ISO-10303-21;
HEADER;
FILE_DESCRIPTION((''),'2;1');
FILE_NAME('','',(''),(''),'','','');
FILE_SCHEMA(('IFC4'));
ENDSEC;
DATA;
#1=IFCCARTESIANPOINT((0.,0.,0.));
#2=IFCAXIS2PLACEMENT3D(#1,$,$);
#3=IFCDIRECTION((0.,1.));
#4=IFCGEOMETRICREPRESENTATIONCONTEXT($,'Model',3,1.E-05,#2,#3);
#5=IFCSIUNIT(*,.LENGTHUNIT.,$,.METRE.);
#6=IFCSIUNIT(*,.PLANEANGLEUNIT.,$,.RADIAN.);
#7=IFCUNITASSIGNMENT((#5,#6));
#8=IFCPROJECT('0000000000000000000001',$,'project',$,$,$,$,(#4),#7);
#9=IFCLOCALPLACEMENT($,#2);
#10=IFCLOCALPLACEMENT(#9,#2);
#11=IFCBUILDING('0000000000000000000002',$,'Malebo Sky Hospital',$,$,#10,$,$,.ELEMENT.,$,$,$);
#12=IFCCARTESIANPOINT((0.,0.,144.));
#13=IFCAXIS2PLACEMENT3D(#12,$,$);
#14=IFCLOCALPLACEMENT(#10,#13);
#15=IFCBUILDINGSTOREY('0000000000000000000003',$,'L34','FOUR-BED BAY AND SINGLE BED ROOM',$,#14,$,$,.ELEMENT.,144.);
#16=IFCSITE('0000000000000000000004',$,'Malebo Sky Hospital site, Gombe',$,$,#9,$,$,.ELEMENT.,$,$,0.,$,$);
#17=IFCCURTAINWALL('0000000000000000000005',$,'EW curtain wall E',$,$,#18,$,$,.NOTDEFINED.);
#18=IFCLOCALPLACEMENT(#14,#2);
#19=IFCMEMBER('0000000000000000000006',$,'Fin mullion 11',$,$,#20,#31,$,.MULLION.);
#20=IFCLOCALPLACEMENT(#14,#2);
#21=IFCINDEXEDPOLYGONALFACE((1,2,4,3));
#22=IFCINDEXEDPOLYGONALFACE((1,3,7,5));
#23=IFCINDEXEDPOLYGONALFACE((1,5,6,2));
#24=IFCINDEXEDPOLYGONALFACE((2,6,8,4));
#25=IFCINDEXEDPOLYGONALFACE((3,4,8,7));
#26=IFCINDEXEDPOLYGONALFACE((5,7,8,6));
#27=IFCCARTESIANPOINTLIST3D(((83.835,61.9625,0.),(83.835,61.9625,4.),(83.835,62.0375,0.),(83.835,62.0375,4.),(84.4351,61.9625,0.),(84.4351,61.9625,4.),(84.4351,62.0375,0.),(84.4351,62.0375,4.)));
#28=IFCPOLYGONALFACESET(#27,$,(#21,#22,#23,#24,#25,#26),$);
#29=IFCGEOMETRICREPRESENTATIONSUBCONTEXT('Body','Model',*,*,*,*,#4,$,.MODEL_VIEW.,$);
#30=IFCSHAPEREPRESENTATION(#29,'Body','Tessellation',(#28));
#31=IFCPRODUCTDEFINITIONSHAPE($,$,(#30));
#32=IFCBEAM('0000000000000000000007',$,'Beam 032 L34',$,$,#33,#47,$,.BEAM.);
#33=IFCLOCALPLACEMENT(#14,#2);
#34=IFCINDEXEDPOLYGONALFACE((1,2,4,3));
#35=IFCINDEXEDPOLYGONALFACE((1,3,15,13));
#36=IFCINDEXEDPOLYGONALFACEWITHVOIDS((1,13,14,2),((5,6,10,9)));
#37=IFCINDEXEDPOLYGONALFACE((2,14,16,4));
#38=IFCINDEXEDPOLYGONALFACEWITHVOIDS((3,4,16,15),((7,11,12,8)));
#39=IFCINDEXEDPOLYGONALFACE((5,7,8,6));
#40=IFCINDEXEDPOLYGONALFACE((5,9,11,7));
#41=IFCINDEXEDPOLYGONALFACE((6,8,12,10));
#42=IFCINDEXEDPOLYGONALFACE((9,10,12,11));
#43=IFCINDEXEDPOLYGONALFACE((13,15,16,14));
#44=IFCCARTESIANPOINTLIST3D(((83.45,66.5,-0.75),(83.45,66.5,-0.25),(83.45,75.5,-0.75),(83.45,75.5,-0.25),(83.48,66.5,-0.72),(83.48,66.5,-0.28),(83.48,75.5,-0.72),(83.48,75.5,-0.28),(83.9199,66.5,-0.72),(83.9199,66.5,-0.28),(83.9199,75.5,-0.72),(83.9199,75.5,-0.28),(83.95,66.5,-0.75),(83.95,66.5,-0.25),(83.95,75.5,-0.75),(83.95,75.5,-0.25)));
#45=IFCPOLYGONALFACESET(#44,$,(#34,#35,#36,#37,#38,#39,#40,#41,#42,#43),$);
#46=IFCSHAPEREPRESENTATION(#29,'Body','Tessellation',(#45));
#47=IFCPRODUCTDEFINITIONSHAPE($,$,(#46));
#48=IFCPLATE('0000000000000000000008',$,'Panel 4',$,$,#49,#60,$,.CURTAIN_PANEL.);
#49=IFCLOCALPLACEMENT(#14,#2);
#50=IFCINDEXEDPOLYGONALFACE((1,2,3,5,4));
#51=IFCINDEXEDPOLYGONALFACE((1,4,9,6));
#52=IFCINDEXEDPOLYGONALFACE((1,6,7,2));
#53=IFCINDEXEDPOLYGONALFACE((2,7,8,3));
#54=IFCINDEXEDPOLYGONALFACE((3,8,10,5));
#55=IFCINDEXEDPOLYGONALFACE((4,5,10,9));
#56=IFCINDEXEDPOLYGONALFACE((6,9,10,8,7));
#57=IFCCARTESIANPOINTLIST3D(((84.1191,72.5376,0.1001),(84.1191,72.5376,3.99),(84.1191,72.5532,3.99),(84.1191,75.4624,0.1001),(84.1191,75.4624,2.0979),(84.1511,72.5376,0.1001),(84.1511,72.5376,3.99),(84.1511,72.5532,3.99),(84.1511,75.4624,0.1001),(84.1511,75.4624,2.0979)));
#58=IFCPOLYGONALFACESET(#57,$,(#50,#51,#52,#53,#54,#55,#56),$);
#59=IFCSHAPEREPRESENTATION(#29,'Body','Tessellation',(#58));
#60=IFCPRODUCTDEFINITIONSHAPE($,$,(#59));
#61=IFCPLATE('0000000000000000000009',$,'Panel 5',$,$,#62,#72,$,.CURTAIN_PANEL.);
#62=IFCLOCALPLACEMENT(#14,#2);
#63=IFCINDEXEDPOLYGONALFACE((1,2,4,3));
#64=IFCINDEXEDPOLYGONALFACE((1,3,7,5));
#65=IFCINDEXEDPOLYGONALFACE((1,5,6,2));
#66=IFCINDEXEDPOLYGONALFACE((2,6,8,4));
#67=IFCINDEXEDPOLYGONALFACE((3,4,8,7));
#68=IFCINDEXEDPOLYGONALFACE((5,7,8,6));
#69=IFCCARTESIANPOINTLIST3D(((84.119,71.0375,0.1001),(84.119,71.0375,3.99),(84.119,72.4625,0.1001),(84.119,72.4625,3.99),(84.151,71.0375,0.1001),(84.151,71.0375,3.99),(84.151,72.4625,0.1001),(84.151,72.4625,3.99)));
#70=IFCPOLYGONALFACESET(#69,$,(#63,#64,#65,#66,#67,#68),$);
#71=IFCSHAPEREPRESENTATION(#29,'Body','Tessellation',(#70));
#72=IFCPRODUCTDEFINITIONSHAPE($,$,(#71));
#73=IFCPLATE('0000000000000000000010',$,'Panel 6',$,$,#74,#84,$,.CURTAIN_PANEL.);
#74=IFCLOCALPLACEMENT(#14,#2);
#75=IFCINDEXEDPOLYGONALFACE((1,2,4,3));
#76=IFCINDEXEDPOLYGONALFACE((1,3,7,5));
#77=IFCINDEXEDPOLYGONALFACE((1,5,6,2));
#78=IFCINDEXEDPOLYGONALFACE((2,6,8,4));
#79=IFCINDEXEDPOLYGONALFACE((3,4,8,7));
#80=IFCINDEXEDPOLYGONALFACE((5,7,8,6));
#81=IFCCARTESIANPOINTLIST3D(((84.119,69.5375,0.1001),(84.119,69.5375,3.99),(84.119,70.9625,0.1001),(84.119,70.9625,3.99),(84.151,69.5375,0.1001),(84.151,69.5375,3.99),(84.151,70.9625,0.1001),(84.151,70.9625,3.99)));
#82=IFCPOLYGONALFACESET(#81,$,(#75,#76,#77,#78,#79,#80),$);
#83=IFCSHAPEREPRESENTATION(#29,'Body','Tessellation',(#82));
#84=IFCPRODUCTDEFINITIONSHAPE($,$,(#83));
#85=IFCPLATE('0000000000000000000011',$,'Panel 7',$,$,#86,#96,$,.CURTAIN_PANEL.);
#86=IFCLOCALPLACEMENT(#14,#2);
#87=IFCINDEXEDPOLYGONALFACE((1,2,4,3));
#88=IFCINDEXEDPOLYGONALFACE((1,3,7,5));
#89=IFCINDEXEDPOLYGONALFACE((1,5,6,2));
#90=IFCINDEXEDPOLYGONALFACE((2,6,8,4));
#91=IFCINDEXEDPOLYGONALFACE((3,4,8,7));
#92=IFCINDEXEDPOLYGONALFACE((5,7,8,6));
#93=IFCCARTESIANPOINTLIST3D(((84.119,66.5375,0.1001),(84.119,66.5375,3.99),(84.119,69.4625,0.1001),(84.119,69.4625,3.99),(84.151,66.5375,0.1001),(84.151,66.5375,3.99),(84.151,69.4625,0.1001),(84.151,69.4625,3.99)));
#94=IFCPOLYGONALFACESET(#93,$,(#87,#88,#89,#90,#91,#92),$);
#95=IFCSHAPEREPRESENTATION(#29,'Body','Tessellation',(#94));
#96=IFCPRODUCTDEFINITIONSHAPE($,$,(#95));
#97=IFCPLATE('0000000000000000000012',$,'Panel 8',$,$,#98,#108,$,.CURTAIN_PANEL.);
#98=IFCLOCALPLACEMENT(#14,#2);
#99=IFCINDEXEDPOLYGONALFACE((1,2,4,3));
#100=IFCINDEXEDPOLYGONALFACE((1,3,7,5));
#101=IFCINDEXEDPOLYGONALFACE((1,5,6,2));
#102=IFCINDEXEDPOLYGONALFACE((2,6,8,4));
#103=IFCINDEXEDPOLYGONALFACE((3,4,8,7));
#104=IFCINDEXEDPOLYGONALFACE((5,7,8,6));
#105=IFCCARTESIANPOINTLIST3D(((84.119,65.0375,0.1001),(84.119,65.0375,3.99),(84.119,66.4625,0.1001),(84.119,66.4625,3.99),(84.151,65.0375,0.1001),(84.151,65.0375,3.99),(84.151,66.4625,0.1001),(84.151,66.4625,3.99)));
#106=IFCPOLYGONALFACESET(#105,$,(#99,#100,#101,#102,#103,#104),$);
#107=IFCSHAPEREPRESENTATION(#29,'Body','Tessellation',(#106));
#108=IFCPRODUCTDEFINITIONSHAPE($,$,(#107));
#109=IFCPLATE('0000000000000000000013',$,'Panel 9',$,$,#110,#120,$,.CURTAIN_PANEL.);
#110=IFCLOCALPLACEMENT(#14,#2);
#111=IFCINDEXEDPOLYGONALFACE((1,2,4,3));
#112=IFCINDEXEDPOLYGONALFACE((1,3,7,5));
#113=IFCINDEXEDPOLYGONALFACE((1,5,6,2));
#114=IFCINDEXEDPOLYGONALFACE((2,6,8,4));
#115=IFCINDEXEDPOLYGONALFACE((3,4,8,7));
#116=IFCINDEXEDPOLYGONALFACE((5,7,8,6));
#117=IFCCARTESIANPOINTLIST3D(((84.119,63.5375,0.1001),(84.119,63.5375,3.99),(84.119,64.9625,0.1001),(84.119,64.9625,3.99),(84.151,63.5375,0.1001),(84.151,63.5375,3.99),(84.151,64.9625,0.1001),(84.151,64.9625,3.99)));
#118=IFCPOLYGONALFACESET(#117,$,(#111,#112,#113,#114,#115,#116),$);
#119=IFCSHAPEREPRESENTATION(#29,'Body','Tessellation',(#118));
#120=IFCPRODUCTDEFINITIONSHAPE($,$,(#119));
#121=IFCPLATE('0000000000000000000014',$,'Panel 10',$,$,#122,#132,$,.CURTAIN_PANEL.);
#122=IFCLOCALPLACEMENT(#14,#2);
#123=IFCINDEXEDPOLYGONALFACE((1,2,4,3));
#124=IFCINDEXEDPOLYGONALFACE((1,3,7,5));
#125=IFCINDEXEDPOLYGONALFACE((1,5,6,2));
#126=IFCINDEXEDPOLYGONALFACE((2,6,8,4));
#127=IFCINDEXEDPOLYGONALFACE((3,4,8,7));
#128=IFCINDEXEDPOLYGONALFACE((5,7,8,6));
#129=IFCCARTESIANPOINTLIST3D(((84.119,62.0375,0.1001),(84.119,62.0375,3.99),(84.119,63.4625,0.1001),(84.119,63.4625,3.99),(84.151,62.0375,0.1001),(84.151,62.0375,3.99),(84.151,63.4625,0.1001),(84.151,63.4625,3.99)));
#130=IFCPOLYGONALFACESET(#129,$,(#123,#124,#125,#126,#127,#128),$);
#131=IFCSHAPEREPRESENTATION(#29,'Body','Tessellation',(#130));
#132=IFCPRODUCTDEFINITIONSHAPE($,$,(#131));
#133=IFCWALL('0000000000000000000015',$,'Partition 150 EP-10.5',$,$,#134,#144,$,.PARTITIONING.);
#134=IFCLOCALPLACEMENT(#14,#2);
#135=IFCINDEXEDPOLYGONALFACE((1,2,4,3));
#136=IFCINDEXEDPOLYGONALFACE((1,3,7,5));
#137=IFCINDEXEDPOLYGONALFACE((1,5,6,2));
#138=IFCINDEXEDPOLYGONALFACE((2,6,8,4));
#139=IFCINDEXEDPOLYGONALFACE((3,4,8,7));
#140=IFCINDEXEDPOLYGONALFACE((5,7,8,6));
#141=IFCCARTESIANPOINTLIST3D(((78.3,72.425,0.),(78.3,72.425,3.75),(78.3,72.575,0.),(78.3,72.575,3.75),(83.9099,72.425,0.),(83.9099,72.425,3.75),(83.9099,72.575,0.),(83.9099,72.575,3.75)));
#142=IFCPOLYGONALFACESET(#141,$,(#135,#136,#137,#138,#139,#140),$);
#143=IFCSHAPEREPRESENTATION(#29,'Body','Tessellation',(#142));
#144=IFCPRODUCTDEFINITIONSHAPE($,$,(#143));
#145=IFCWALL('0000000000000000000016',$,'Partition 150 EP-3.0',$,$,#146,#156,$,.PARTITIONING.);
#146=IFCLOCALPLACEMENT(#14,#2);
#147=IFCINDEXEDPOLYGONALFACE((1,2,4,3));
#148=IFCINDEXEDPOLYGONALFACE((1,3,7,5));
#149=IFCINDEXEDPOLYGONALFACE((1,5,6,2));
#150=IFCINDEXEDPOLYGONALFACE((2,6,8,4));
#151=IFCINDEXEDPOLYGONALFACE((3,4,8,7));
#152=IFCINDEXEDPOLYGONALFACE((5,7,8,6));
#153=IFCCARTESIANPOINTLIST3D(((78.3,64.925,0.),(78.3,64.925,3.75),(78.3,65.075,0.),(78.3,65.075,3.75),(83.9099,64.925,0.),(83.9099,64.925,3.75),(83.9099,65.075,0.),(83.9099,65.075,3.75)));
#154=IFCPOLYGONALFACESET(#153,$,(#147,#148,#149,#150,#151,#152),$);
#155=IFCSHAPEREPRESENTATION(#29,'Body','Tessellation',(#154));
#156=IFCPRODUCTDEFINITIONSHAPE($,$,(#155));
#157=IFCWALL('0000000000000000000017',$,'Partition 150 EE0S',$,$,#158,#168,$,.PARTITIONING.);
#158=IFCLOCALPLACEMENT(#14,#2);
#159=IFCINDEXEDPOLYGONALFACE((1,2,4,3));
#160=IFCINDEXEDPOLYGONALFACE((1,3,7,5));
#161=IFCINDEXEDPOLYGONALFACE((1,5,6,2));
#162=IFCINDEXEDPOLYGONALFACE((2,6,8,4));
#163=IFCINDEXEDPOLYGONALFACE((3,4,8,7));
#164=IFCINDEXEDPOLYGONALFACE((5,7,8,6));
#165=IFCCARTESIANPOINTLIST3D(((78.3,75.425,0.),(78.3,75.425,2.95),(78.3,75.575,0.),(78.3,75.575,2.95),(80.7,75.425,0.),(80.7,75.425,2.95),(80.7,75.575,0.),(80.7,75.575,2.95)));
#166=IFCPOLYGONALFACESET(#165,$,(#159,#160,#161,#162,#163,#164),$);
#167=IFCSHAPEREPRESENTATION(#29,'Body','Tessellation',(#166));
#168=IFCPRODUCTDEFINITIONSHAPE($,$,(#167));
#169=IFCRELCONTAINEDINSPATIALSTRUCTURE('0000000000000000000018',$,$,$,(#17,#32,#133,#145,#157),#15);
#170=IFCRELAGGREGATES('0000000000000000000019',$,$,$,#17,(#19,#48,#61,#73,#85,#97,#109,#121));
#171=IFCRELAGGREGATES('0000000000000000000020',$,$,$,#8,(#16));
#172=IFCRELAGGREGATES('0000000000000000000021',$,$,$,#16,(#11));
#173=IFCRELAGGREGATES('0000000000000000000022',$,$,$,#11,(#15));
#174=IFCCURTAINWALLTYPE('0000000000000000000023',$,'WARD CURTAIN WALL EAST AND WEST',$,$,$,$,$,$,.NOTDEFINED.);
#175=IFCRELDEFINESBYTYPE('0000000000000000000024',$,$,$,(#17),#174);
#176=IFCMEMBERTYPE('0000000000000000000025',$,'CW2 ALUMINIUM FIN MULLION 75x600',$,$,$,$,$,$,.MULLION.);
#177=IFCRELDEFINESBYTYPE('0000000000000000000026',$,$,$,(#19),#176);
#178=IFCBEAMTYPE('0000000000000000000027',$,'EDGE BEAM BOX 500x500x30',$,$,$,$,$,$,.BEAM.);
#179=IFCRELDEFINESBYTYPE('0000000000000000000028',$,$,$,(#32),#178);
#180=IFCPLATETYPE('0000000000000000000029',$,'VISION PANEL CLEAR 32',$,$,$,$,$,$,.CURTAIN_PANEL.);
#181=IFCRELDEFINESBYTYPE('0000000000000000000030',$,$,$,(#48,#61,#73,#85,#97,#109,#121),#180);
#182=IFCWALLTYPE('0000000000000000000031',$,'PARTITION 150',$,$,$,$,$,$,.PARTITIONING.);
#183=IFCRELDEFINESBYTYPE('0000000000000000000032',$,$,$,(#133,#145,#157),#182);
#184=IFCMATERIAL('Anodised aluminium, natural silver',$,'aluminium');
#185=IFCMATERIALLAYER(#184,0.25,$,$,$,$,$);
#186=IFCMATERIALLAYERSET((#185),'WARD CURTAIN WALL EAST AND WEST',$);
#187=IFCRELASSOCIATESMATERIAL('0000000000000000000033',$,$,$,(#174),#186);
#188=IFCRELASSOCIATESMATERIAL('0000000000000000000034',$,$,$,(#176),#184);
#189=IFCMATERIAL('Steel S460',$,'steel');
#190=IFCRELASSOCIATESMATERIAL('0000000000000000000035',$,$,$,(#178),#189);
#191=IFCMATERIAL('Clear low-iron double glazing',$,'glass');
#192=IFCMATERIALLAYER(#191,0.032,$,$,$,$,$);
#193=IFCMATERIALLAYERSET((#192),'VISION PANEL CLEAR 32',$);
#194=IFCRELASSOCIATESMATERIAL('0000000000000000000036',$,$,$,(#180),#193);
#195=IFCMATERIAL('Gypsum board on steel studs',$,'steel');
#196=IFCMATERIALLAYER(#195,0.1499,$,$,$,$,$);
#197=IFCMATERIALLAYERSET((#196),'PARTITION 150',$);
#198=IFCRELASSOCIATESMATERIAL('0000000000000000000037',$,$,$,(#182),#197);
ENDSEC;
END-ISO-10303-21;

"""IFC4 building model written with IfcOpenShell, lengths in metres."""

from ifc_helpers import new_model, si_unit, direction, frame, frame_2d, origin, origin_2d, place, context, subcontext, project, spatial, polyline, rectangle, hollow_rectangle, outline, extrude, material, layer, layer_set, material_profile, profile_set, type_object, element, aggregate, save


model = new_model("IFC4")

# Units and contexts
model_context = context("Model", 3, precision=1e-05, world=origin(), true_north=direction((0.0, 1.0)))
body_context = subcontext(model_context, "Body", "Model", "MODEL_VIEW")
ifc_project = project(units=[si_unit("LENGTHUNIT", "METRE"), si_unit("PLANEANGLEUNIT", "RADIAN")], contexts=[model_context])

# Site, building, storey
site_placement = place(None, origin())
site = spatial("IfcSite", under=ifc_project, at=site_placement, Name="Malebo Sky Hospital site, Gombe", CompositionType="ELEMENT", RefElevation=0.0)
building_placement = place(site_placement, origin())
building = spatial("IfcBuilding", under=site, at=building_placement, Name="Malebo Sky Hospital", CompositionType="ELEMENT")
storey_placement = place(building_placement, frame((0.0, 0.0, 144.0)))
storey = spatial("IfcBuildingStorey", under=building, at=storey_placement, Name="L34", Description="FOUR-BED BAY AND SINGLE BED ROOM", CompositionType="ELEMENT", Elevation=144.0)

# Shared definitions
ifc_material_1 = material(Name="Steel S460", Category="steel")

# Curtain wall, member
ifc_material_2 = material(Name="Anodised aluminium, natural silver", Category="aluminium")
ifc_layer_1 = layer(ifc_material_2, 0.25)
ifc_layer_set_1 = layer_set([ifc_layer_1], Name="WARD CURTAIN WALL EAST AND WEST")
curtain_wall_type = type_object("IfcCurtainWallType", Name="WARD CURTAIN WALL EAST AND WEST", PredefinedType="NOTDEFINED", material=ifc_layer_set_1)
curtain_wall_placement = place(storey_placement, origin())
curtain_wall = element("IfcCurtainWall", 1, at=curtain_wall_placement, inside=storey, type_object=curtain_wall_type, Name="EW curtain wall E", PredefinedType="NOTDEFINED")
ifc_material_profile_1 = material_profile(ifc_material_2, rectangle(XDim=0.075, YDim=0.6001, at=origin_2d()), Name="CW2 ALUMINIUM FIN MULLION 75x600")
ifc_profile_set_1 = profile_set([ifc_material_profile_1], Name="Anodised aluminium, natural silver")
member_type_1 = type_object("IfcMemberType", Name="CW2 ALUMINIUM FIN MULLION 75x600", PredefinedType="MULLION", material=ifc_profile_set_1)
member_1_placement = place(storey_placement, frame((84.135, 62.0, 0.0), z_axis=(0.0, 0.0, 1.0), x_axis=(0.0, -1.0, 0.0)))
member_1 = element("IfcMember", 2, at=member_1_placement, type_object=member_type_1, Name="Fin mullion 11", PredefinedType="MULLION", context=body_context, shape_type="SweptSolid", body=[
    extrude(rectangle(XDim=0.075, YDim=0.6001, at=origin_2d()), origin(), (0.0, 0.0, 1.0), 4.0),
])

# Beam
ifc_material_profile_2 = material_profile(ifc_material_1, hollow_rectangle(XDim=0.5, YDim=0.5, WallThickness=0.03, at=origin_2d()), Name="BOX 500x500x30")
ifc_profile_set_2 = profile_set([ifc_material_profile_2], Name="Steel S460")
beam_type = type_object("IfcBeamType", Name="EDGE BEAM BOX 500x500x30", PredefinedType="BEAM", material=ifc_profile_set_2)
beam_placement = place(storey_placement, frame((83.7, 66.5, -0.5), z_axis=(0.0, 1.0, 0.0), x_axis=(-1.0, 0.0, 0.0)))
element("IfcBeam", 3, at=beam_placement, inside=storey, type_object=beam_type, Name="Beam 032 L34", PredefinedType="BEAM", context=body_context, shape_type="SweptSolid", body=[
    extrude(hollow_rectangle(XDim=0.5, YDim=0.5, WallThickness=0.03, at=origin_2d()), origin(), (0.0, 0.0, 1.0), 9.0),
])

# Plates
ifc_material_3 = material(Name="Clear low-iron double glazing", Category="glass")
ifc_layer_2 = layer(ifc_material_3, 0.032)
ifc_layer_set_2 = layer_set([ifc_layer_2], Name="VISION PANEL CLEAR 32")
plate_type = type_object("IfcPlateType", Name="VISION PANEL CLEAR 32", PredefinedType="CURTAIN_PANEL", material=ifc_layer_set_2)
plate_1_placement = place(storey_placement, frame((84.135, 74.0, 0.1001), z_axis=(0.0, 0.0, 1.0), x_axis=(0.0, -1.0, 0.0)))
plate_1 = element("IfcPlate", 4, at=plate_1_placement, type_object=plate_type, Name="Panel 4", PredefinedType="CURTAIN_PANEL", context=body_context, shape_type="SweptSolid", body=[
    extrude(outline(polyline([(-1.4624, 0.0), (1.4624, 0.0), (1.4624, 3.8899), (1.4468, 3.8899), (-1.4624, 1.9978), (-1.4624, 0.0)])), frame((0.0, 0.0161, 0.0), z_axis=(0.0, -1.0, 0.0), x_axis=(1.0, 0.0, 0.0)), (0.0, 0.0, 1.0), 0.032),
])
plate_2_placement = place(storey_placement, frame((84.135, 71.75, 0.1001), z_axis=(0.0, 0.0, 1.0), x_axis=(0.0, -1.0, 0.0)))
plate_2 = element("IfcPlate", 5, at=plate_2_placement, type_object=plate_type, Name="Panel 5", PredefinedType="CURTAIN_PANEL", context=body_context, shape_type="SweptSolid", body=[
    extrude(rectangle(XDim=1.425, YDim=0.032, at=origin_2d()), origin(), (0.0, 0.0, 1.0), 3.8899),
])
plate_3_placement = place(storey_placement, frame((84.135, 70.25, 0.1001), z_axis=(0.0, 0.0, 1.0), x_axis=(0.0, -1.0, 0.0)))
plate_3 = element("IfcPlate", 6, at=plate_3_placement, type_object=plate_type, Name="Panel 6", PredefinedType="CURTAIN_PANEL", context=body_context, shape_type="SweptSolid", body=[
    extrude(rectangle(XDim=1.425, YDim=0.032, at=origin_2d()), origin(), (0.0, 0.0, 1.0), 3.8899),
])
plate_4_placement = place(storey_placement, frame((84.135, 68.0, 0.1001), z_axis=(0.0, 0.0, 1.0), x_axis=(0.0, -1.0, 0.0)))
plate_4 = element("IfcPlate", 7, at=plate_4_placement, type_object=plate_type, Name="Panel 7", PredefinedType="CURTAIN_PANEL", context=body_context, shape_type="SweptSolid", body=[
    extrude(rectangle(XDim=2.925, YDim=0.032, at=origin_2d()), origin(), (0.0, 0.0, 1.0), 3.8899),
])
plate_5_placement = place(storey_placement, frame((84.135, 65.75, 0.1001), z_axis=(0.0, 0.0, 1.0), x_axis=(0.0, -1.0, 0.0)))
plate_5 = element("IfcPlate", 8, at=plate_5_placement, type_object=plate_type, Name="Panel 8", PredefinedType="CURTAIN_PANEL", context=body_context, shape_type="SweptSolid", body=[
    extrude(rectangle(XDim=1.425, YDim=0.032, at=origin_2d()), origin(), (0.0, 0.0, 1.0), 3.8899),
])
plate_6_placement = place(storey_placement, frame((84.135, 64.25, 0.1001), z_axis=(0.0, 0.0, 1.0), x_axis=(0.0, -1.0, 0.0)))
plate_6 = element("IfcPlate", 9, at=plate_6_placement, type_object=plate_type, Name="Panel 9", PredefinedType="CURTAIN_PANEL", context=body_context, shape_type="SweptSolid", body=[
    extrude(rectangle(XDim=1.425, YDim=0.032, at=origin_2d()), origin(), (0.0, 0.0, 1.0), 3.8899),
])
plate_7_placement = place(storey_placement, frame((84.135, 62.75, 0.1001), z_axis=(0.0, 0.0, 1.0), x_axis=(0.0, -1.0, 0.0)))
plate_7 = element("IfcPlate", 10, at=plate_7_placement, type_object=plate_type, Name="Panel 10", PredefinedType="CURTAIN_PANEL", context=body_context, shape_type="SweptSolid", body=[
    extrude(rectangle(XDim=1.425, YDim=0.032, at=origin_2d()), origin(), (0.0, 0.0, 1.0), 3.8899),
])
aggregate(curtain_wall, [member_1, plate_1, plate_2, plate_3, plate_4, plate_5, plate_6, plate_7])

# Walls
ifc_material_4 = material(Name="Gypsum board on steel studs", Category="steel")
ifc_layer_3 = layer(ifc_material_4, 0.1499)
ifc_layer_set_3 = layer_set([ifc_layer_3], Name="PARTITION 150")
wall_type_1 = type_object("IfcWallType", Name="PARTITION 150", PredefinedType="PARTITIONING", material=ifc_layer_set_3)
for number, where, z_axis, x_axis, name in (
    (11, (78.3, 72.5, 0.0), (0.0, 0.0, 1.0), (1.0, 0.0, 0.0), "Partition 150 EP-10.5"),
    (12, (78.3, 65.0, 0.0), (0.0, 0.0, 1.0), (1.0, 0.0, 0.0), "Partition 150 EP-3.0"),
):
    element("IfcWall", number, at=place(storey_placement, frame(where, z_axis=z_axis, x_axis=x_axis)), inside=storey, type_object=wall_type_1, Name=name, PredefinedType="PARTITIONING", context=body_context, shape_type="SweptSolid", body=[
        extrude(rectangle(XDim=5.6099, YDim=0.1499, at=frame_2d((2.8049, 0.0))), origin(), (0.0, 0.0, 1.0), 3.75),
    ])
wall_1_placement = place(storey_placement, frame((78.3, 75.5, 0.0), z_axis=(0.0, 0.0, 1.0), x_axis=(1.0, 0.0, 0.0)))
element("IfcWall", 13, at=wall_1_placement, inside=storey, type_object=wall_type_1, Name="Partition 150 EE0S", PredefinedType="PARTITIONING", context=body_context, shape_type="SweptSolid", body=[
    extrude(rectangle(XDim=2.3999, YDim=0.1499, at=frame_2d((1.2, 0.0))), origin(), (0.0, 0.0, 1.0), 2.95),
])

save(model, "model.ifc")
